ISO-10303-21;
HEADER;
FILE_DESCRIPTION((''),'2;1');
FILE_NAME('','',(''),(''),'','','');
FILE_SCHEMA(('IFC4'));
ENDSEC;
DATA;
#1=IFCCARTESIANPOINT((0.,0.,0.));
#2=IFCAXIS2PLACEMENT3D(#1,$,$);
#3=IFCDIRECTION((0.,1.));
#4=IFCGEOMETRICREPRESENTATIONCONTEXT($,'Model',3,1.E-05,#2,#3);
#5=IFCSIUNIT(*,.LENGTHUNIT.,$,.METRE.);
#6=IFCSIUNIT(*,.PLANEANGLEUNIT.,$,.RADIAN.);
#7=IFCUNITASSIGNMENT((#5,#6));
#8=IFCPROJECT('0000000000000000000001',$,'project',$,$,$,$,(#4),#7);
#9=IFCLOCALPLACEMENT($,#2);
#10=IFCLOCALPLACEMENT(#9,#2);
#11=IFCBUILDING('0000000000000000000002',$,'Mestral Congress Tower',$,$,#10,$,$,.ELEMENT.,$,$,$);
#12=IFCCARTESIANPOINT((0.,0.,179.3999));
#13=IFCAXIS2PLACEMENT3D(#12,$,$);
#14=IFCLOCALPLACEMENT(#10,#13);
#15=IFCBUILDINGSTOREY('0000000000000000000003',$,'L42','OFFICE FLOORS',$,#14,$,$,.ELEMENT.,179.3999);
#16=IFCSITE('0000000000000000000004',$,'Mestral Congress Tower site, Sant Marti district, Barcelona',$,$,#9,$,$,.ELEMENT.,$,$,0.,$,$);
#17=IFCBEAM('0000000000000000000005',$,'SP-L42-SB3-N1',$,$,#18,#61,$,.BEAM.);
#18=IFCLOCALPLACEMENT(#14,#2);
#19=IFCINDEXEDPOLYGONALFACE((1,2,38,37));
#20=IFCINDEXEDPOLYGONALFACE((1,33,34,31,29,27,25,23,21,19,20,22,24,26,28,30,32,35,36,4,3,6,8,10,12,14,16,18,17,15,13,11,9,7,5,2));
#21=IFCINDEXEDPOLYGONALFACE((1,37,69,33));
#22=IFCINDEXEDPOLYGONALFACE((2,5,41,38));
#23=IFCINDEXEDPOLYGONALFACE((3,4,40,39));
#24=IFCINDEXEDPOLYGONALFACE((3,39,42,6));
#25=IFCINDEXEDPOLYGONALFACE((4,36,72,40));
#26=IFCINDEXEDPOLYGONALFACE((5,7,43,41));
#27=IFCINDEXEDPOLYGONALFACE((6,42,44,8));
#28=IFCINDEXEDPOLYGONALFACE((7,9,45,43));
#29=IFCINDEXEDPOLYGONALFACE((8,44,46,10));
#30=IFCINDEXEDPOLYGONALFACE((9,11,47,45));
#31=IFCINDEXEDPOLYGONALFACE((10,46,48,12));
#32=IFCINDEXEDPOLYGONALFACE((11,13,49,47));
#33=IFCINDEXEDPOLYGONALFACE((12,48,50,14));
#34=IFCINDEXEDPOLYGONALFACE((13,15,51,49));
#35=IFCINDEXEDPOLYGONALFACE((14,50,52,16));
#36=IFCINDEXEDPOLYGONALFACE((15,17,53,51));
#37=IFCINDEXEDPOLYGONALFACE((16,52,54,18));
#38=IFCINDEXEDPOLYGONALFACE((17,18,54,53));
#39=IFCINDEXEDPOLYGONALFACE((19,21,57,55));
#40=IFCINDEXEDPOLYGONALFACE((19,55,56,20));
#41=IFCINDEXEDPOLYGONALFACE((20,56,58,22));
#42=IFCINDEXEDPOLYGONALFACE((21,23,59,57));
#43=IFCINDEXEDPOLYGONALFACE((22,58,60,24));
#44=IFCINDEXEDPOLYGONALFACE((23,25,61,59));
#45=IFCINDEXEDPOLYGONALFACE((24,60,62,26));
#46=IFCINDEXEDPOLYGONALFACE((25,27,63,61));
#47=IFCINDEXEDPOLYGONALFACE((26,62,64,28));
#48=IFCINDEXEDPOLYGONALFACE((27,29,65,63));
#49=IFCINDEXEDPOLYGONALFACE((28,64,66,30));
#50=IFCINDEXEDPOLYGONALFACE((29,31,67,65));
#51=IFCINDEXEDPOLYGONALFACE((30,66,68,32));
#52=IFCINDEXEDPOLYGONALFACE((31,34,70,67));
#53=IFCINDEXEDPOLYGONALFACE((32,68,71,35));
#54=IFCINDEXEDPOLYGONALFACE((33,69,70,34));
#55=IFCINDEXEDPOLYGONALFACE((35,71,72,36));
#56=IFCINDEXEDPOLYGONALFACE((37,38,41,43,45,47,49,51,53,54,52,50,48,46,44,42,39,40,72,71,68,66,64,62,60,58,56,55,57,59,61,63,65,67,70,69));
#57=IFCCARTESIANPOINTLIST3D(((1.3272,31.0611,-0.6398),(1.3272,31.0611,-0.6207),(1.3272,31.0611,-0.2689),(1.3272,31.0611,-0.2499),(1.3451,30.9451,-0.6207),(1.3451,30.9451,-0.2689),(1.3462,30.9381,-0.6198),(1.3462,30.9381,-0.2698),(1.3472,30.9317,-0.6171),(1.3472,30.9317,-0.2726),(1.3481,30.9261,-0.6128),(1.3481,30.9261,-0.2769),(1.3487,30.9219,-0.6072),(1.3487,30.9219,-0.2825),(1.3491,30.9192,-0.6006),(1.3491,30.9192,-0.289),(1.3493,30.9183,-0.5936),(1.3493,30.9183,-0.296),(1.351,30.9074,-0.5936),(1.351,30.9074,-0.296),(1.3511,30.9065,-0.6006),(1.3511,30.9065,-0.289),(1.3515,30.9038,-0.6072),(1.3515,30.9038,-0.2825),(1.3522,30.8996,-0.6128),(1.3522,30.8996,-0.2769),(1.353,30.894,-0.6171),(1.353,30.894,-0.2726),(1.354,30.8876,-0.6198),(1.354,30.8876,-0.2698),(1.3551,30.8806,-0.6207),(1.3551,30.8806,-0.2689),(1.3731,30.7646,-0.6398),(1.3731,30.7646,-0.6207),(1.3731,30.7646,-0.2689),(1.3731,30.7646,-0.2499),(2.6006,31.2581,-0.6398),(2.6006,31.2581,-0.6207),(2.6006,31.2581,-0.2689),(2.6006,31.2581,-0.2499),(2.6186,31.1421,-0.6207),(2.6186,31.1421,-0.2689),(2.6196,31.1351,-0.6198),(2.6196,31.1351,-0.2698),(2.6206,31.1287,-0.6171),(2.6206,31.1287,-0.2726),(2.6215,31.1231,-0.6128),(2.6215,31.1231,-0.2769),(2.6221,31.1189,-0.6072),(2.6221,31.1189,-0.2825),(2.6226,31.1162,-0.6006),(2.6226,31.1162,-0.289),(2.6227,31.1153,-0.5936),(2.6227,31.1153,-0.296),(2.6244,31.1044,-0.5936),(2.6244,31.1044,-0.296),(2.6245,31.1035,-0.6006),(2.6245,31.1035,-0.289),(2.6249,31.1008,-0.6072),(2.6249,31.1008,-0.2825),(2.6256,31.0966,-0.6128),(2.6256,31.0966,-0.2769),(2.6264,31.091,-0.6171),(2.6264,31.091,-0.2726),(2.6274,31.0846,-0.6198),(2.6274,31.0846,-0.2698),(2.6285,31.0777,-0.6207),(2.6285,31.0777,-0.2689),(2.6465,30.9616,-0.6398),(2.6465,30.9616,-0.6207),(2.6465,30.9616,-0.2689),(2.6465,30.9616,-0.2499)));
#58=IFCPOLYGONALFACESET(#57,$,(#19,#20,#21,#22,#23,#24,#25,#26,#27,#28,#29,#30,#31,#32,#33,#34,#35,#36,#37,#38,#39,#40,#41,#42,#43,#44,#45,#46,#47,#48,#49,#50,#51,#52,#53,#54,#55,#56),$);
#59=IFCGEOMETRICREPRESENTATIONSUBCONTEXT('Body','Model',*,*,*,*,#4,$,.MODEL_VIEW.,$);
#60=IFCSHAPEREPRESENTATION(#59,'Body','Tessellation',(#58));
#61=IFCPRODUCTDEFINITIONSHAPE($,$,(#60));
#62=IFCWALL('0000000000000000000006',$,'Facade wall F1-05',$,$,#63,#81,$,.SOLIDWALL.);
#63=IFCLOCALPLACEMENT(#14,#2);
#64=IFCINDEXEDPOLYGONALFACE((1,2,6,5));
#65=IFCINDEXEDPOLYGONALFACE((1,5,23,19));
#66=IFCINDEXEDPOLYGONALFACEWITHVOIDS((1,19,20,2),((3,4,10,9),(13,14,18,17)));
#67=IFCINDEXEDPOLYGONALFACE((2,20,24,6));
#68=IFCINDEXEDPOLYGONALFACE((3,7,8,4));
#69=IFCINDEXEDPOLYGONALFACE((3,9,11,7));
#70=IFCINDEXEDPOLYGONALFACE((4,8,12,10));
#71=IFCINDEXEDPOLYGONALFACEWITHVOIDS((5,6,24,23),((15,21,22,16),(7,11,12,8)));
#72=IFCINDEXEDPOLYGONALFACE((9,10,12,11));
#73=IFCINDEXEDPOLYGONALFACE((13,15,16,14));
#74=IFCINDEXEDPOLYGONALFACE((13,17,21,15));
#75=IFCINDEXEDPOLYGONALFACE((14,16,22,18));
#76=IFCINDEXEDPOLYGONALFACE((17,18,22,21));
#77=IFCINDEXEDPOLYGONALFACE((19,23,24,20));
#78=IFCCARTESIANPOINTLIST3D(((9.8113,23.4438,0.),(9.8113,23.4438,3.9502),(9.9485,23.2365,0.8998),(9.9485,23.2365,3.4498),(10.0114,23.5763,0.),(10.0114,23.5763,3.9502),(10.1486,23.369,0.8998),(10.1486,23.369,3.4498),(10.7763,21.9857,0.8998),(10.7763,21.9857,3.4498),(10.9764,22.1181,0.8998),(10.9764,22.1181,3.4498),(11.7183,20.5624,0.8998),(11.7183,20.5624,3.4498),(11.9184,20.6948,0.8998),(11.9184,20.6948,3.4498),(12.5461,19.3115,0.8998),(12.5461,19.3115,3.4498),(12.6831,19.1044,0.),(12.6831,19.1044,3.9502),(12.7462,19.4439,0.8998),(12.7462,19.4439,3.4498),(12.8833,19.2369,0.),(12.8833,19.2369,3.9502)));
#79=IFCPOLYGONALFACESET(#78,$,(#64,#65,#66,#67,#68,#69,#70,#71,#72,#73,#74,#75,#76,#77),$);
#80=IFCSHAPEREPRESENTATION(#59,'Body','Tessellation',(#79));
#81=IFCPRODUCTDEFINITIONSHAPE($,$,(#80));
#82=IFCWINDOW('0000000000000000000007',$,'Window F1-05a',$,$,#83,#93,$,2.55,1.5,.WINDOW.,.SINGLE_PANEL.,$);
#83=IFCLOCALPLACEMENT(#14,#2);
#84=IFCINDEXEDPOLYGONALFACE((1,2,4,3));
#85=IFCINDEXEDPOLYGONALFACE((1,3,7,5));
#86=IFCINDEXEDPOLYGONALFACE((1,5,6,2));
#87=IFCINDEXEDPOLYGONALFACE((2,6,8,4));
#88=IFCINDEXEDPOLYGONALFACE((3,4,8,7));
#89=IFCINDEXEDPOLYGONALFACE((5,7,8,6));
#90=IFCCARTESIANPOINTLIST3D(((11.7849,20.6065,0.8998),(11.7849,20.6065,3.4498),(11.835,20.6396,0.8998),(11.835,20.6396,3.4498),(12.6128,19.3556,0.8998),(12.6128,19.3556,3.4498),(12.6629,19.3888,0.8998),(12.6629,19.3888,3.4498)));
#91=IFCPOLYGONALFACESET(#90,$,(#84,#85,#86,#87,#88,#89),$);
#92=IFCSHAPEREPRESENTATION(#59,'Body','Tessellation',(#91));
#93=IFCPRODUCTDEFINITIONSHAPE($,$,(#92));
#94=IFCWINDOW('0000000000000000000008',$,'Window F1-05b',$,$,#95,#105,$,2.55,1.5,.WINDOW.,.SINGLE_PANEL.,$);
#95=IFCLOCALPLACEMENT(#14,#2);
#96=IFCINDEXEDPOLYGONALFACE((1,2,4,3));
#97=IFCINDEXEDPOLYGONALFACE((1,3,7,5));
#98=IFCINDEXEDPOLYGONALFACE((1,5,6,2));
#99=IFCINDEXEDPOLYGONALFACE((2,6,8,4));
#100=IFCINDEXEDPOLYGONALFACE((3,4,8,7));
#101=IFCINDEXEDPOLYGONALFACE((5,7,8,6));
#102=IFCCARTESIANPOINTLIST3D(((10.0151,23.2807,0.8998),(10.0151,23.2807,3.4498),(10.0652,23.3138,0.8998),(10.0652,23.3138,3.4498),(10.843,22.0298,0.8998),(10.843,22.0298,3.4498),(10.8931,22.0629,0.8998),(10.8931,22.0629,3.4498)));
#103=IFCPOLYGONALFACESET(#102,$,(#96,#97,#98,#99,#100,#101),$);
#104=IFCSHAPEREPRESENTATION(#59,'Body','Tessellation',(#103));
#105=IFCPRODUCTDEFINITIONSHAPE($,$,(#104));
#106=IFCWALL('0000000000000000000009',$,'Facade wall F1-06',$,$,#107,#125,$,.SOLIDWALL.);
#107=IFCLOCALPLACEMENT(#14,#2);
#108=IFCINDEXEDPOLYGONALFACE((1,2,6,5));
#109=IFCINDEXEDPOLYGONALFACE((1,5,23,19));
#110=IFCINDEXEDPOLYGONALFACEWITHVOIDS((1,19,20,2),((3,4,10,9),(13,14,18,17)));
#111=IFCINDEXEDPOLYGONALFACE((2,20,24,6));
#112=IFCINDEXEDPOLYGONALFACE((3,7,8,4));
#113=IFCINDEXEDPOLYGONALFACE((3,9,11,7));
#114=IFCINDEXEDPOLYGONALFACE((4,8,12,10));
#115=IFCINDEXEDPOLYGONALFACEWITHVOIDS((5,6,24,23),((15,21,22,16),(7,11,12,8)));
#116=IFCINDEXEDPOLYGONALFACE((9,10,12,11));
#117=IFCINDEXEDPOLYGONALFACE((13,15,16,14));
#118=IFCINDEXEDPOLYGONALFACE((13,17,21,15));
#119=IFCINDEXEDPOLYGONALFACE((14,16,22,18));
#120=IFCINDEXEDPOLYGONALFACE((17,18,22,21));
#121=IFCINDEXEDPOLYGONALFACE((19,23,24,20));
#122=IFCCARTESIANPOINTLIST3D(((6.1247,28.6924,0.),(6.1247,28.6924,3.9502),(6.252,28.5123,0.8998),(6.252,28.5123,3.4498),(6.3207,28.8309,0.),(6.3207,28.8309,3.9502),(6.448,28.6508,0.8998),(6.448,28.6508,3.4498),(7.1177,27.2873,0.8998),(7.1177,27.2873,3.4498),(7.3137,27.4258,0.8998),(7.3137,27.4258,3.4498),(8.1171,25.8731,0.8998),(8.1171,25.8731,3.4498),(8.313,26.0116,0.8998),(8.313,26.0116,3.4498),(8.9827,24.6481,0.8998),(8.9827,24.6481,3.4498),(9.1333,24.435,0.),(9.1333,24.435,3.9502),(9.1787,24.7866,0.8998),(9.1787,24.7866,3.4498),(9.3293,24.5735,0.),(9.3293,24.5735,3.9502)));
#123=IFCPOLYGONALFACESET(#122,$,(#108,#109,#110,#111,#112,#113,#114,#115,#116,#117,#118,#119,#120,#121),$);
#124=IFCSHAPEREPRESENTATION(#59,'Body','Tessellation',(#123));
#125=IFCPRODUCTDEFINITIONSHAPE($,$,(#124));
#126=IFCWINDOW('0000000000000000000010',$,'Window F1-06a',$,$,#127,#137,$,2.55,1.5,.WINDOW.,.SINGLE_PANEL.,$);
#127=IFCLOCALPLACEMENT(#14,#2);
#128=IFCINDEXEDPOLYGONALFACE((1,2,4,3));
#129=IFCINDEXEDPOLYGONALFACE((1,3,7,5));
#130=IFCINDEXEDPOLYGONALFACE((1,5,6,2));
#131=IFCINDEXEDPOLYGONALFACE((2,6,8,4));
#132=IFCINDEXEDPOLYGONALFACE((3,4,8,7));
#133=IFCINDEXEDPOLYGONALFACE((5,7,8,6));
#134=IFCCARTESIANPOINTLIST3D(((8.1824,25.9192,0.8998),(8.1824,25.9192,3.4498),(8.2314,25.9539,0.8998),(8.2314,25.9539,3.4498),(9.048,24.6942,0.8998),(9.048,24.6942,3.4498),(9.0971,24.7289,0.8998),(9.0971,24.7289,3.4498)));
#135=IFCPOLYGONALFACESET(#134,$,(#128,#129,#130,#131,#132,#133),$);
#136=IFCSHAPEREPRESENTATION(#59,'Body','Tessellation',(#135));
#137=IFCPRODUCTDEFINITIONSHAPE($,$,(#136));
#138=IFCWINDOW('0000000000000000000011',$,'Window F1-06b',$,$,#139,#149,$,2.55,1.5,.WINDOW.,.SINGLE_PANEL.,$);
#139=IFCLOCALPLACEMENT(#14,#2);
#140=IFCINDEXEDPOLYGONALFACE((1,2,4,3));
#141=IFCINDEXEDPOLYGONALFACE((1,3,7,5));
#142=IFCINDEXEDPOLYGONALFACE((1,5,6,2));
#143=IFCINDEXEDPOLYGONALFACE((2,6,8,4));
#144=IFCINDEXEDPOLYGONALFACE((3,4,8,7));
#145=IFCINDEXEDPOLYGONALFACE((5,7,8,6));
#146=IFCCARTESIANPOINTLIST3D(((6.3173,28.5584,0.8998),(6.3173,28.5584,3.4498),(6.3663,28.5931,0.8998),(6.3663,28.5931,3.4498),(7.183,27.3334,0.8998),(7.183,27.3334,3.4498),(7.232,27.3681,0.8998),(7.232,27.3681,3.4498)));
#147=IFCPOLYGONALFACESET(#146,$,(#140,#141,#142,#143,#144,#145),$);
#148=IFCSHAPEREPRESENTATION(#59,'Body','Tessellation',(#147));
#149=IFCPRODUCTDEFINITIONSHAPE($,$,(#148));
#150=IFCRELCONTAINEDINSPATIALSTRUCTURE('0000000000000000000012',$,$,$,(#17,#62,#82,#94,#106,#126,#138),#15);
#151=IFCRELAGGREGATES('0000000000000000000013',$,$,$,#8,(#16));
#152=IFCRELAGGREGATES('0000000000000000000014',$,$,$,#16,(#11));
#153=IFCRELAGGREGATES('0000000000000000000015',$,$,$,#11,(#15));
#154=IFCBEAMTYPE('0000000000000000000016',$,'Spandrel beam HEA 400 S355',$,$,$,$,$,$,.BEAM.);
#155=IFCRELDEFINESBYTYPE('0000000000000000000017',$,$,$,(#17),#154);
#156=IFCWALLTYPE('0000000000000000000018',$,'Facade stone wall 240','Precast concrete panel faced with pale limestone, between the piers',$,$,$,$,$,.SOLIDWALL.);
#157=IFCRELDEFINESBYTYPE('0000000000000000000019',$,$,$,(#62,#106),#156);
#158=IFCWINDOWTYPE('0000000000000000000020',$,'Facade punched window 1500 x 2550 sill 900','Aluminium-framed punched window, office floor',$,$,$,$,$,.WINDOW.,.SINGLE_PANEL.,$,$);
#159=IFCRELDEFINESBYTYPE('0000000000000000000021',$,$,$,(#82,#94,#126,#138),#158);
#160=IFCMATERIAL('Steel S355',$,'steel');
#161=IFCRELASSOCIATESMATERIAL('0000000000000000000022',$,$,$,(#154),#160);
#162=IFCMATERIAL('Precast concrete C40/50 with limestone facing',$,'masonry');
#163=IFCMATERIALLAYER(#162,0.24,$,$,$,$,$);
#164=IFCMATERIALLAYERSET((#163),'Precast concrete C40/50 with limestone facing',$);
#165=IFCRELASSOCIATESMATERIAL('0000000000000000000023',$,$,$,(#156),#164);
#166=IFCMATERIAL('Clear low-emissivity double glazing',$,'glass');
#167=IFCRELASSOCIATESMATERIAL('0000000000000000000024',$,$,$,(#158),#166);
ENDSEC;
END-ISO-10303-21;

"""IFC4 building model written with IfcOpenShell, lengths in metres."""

from ifc_helpers import new_model, si_unit, direction, frame, frame_2d, origin, origin_2d, place, context, subcontext, project, spatial, rectangle, i_section, extrude, material, layer, layer_set, material_profile, profile_set, type_object, element, fill, save


model = new_model("IFC4")

# Units and contexts
model_context = context("Model", 3, precision=1e-05, world=origin(), true_north=direction((0.0, 1.0)))
body_context = subcontext(model_context, "Body", "Model", "MODEL_VIEW")
ifc_project = project(units=[si_unit("LENGTHUNIT", "METRE"), si_unit("PLANEANGLEUNIT", "RADIAN")], contexts=[model_context])

# Site, building, storey
site_placement = place(None, origin())
site = spatial("IfcSite", under=ifc_project, at=site_placement, Name="Mestral Congress Tower site, Sant Marti district, Barcelona", CompositionType="ELEMENT", RefElevation=0.0)
building_placement = place(site_placement, origin())
building = spatial("IfcBuilding", under=site, at=building_placement, Name="Mestral Congress Tower", CompositionType="ELEMENT")
storey_placement = place(building_placement, frame((0.0, 0.0, 179.3999)))
storey = spatial("IfcBuildingStorey", under=building, at=storey_placement, Name="L42", Description="OFFICE FLOORS", CompositionType="ELEMENT", Elevation=179.3999)

# Beam
ifc_material_1 = material(Name="Steel S355", Category="steel")
ifc_material_profile_1 = material_profile(ifc_material_1, i_section(OverallWidth=0.3, OverallDepth=0.3899, WebThickness=0.011, FlangeThickness=0.019, FilletRadius=0.0271, at=origin_2d()), Name="HEA 400")
ifc_profile_set_1 = profile_set([ifc_material_profile_1], Name="Steel S355")
beam_type_1 = type_object("IfcBeamType", Name="Spandrel beam HEA 400 S355", PredefinedType="BEAM", material=ifc_profile_set_1)
beam_1_placement = place(storey_placement, frame((2.6235, 31.1099, -0.4448), z_axis=(-0.988242, -0.152897, 0.0), x_axis=(0.152897, -0.988242, 0.0)))
element("IfcBeam", 1, at=beam_1_placement, inside=storey, type_object=beam_type_1, Name="SP-L42-SB3-N1", PredefinedType="BEAM", context=body_context, shape_type="SweptSolid", body=[
    extrude(i_section(OverallWidth=0.3, OverallDepth=0.3899, WebThickness=0.011, FlangeThickness=0.019, FilletRadius=0.0271, at=origin_2d()), origin(), (0.0, 0.0, 1.0), 1.2886),
])

# Walls, openings, windows
ifc_material_2 = material(Name="Precast concrete C40/50 with limestone facing", Category="masonry")
ifc_layer_1 = layer(ifc_material_2, 0.24)
ifc_layer_set_1 = layer_set([ifc_layer_1], Name="Precast concrete C40/50 with limestone facing")
wall_type_1 = type_object("IfcWallType", Name="Facade stone wall 240", Description="Precast concrete panel faced with pale limestone, between the piers", PredefinedType="SOLIDWALL", material=ifc_layer_set_1)
wall_1_placement = place(storey_placement, frame((12.7832, 19.1707, 0.0), z_axis=(0.0, 0.0, 1.0), x_axis=(-0.551893, 0.833915, 0.0)))
wall_1 = element("IfcWall", 2, at=wall_1_placement, inside=storey, type_object=wall_type_1, Name="Facade wall F1-05", PredefinedType="SOLIDWALL", context=body_context, shape_type="SweptSolid", body=[
    extrude(rectangle(XDim=5.2036, YDim=0.24, at=frame_2d((2.6018, 0.0))), origin(), (0.0, 0.0, 1.0), 3.9502),
])
opening_1_placement = place(wall_1_placement, frame((0.2483, 0.0, 0.8999)))
opening_1 = element("IfcOpeningElement", 3, at=opening_1_placement, cuts=wall_1, PredefinedType="OPENING", context=body_context, shape_type="SweptSolid", body=[
    extrude(rectangle(XDim=1.5, YDim=2.55, at=frame_2d((0.75, 1.2749))), frame((0.0, 0.1299, 0.0), z_axis=(0.0, -1.0, 0.0), x_axis=(1.0, 0.0, 0.0)), (0.0, 0.0, 1.0), 0.26),
])
opening_2_placement = place(wall_1_placement, frame((3.4551, 0.0, 0.8999)))
opening_2 = element("IfcOpeningElement", 4, at=opening_2_placement, cuts=wall_1, PredefinedType="OPENING", context=body_context, shape_type="SweptSolid", body=[
    extrude(rectangle(XDim=1.5, YDim=2.55, at=frame_2d((0.75, 1.2749))), frame((0.0, 0.1299, 0.0), z_axis=(0.0, -1.0, 0.0), x_axis=(1.0, 0.0, 0.0)), (0.0, 0.0, 1.0), 0.26),
])
ifc_material_3 = material(Name="Clear low-emissivity double glazing", Category="glass")
window_type_1 = type_object("IfcWindowType", Name="Facade punched window 1500 x 2550 sill 900", Description="Aluminium-framed punched window, office floor", PartitioningType="SINGLE_PANEL", PredefinedType="WINDOW", material=ifc_material_3)
window_1_placement = place(opening_1_placement, origin())
window_1 = element("IfcWindow", 5, at=window_1_placement, inside=storey, type_object=window_type_1, Name="Window F1-05a", OverallHeight=2.55, OverallWidth=1.5, PartitioningType="SINGLE_PANEL", PredefinedType="WINDOW", context=body_context, shape_type="SweptSolid", body=[
    extrude(rectangle(XDim=1.5, YDim=2.55, at=frame_2d((0.75, 1.2749))), frame((0.0, 0.04, 0.0), z_axis=(0.0, -1.0, 0.0), x_axis=(1.0, 0.0, 0.0)), (0.0, 0.0, 1.0), 0.0601),
])
fill(opening_1, window_1)
window_2_placement = place(opening_2_placement, origin())
window_2 = element("IfcWindow", 6, at=window_2_placement, inside=storey, type_object=window_type_1, Name="Window F1-05b", OverallHeight=2.55, OverallWidth=1.5, PartitioningType="SINGLE_PANEL", PredefinedType="WINDOW", context=body_context, shape_type="SweptSolid", body=[
    extrude(rectangle(XDim=1.5, YDim=2.55, at=frame_2d((0.75, 1.2749))), frame((0.0, 0.04, 0.0), z_axis=(0.0, -1.0, 0.0), x_axis=(1.0, 0.0, 0.0)), (0.0, 0.0, 1.0), 0.0601),
])
fill(opening_2, window_2)
wall_2_placement = place(storey_placement, frame((9.2312, 24.5044, 0.0), z_axis=(0.0, 0.0, 1.0), x_axis=(-0.577115, 0.816663, 0.0)))
wall_2 = element("IfcWall", 7, at=wall_2_placement, inside=storey, type_object=wall_type_1, Name="Facade wall F1-06", PredefinedType="SOLIDWALL", context=body_context, shape_type="SweptSolid", body=[
    extrude(rectangle(XDim=5.2131, YDim=0.24, at=frame_2d((2.6064, 0.0))), origin(), (0.0, 0.0, 1.0), 3.9502),
])
opening_3_placement = place(wall_2_placement, frame((0.2607, 0.0, 0.8999)))
opening_3 = element("IfcOpeningElement", 8, at=opening_3_placement, cuts=wall_2, PredefinedType="OPENING", context=body_context, shape_type="SweptSolid", body=[
    extrude(rectangle(XDim=1.5, YDim=2.55, at=frame_2d((0.75, 1.2749))), frame((0.0, 0.1299, 0.0), z_axis=(0.0, -1.0, 0.0), x_axis=(1.0, 0.0, 0.0)), (0.0, 0.0, 1.0), 0.26),
])
opening_4_placement = place(wall_2_placement, frame((3.4924, 0.0, 0.8999)))
opening_4 = element("IfcOpeningElement", 9, at=opening_4_placement, cuts=wall_2, PredefinedType="OPENING", context=body_context, shape_type="SweptSolid", body=[
    extrude(rectangle(XDim=1.5, YDim=2.55, at=frame_2d((0.75, 1.2749))), frame((0.0, 0.1299, 0.0), z_axis=(0.0, -1.0, 0.0), x_axis=(1.0, 0.0, 0.0)), (0.0, 0.0, 1.0), 0.26),
])
window_3_placement = place(opening_3_placement, origin())
window_3 = element("IfcWindow", 10, at=window_3_placement, inside=storey, type_object=window_type_1, Name="Window F1-06a", OverallHeight=2.55, OverallWidth=1.5, PartitioningType="SINGLE_PANEL", PredefinedType="WINDOW", context=body_context, shape_type="SweptSolid", body=[
    extrude(rectangle(XDim=1.5, YDim=2.55, at=frame_2d((0.75, 1.2749))), frame((0.0, 0.04, 0.0), z_axis=(0.0, -1.0, 0.0), x_axis=(1.0, 0.0, 0.0)), (0.0, 0.0, 1.0), 0.0601),
])
fill(opening_3, window_3)
window_4_placement = place(opening_4_placement, origin())
window_4 = element("IfcWindow", 11, at=window_4_placement, inside=storey, type_object=window_type_1, Name="Window F1-06b", OverallHeight=2.55, OverallWidth=1.5, PartitioningType="SINGLE_PANEL", PredefinedType="WINDOW", context=body_context, shape_type="SweptSolid", body=[
    extrude(rectangle(XDim=1.5, YDim=2.55, at=frame_2d((0.75, 1.2749))), frame((0.0, 0.04, 0.0), z_axis=(0.0, -1.0, 0.0), x_axis=(1.0, 0.0, 0.0)), (0.0, 0.0, 1.0), 0.0601),
])
fill(opening_4, window_4)

save(model, "model.ifc")
